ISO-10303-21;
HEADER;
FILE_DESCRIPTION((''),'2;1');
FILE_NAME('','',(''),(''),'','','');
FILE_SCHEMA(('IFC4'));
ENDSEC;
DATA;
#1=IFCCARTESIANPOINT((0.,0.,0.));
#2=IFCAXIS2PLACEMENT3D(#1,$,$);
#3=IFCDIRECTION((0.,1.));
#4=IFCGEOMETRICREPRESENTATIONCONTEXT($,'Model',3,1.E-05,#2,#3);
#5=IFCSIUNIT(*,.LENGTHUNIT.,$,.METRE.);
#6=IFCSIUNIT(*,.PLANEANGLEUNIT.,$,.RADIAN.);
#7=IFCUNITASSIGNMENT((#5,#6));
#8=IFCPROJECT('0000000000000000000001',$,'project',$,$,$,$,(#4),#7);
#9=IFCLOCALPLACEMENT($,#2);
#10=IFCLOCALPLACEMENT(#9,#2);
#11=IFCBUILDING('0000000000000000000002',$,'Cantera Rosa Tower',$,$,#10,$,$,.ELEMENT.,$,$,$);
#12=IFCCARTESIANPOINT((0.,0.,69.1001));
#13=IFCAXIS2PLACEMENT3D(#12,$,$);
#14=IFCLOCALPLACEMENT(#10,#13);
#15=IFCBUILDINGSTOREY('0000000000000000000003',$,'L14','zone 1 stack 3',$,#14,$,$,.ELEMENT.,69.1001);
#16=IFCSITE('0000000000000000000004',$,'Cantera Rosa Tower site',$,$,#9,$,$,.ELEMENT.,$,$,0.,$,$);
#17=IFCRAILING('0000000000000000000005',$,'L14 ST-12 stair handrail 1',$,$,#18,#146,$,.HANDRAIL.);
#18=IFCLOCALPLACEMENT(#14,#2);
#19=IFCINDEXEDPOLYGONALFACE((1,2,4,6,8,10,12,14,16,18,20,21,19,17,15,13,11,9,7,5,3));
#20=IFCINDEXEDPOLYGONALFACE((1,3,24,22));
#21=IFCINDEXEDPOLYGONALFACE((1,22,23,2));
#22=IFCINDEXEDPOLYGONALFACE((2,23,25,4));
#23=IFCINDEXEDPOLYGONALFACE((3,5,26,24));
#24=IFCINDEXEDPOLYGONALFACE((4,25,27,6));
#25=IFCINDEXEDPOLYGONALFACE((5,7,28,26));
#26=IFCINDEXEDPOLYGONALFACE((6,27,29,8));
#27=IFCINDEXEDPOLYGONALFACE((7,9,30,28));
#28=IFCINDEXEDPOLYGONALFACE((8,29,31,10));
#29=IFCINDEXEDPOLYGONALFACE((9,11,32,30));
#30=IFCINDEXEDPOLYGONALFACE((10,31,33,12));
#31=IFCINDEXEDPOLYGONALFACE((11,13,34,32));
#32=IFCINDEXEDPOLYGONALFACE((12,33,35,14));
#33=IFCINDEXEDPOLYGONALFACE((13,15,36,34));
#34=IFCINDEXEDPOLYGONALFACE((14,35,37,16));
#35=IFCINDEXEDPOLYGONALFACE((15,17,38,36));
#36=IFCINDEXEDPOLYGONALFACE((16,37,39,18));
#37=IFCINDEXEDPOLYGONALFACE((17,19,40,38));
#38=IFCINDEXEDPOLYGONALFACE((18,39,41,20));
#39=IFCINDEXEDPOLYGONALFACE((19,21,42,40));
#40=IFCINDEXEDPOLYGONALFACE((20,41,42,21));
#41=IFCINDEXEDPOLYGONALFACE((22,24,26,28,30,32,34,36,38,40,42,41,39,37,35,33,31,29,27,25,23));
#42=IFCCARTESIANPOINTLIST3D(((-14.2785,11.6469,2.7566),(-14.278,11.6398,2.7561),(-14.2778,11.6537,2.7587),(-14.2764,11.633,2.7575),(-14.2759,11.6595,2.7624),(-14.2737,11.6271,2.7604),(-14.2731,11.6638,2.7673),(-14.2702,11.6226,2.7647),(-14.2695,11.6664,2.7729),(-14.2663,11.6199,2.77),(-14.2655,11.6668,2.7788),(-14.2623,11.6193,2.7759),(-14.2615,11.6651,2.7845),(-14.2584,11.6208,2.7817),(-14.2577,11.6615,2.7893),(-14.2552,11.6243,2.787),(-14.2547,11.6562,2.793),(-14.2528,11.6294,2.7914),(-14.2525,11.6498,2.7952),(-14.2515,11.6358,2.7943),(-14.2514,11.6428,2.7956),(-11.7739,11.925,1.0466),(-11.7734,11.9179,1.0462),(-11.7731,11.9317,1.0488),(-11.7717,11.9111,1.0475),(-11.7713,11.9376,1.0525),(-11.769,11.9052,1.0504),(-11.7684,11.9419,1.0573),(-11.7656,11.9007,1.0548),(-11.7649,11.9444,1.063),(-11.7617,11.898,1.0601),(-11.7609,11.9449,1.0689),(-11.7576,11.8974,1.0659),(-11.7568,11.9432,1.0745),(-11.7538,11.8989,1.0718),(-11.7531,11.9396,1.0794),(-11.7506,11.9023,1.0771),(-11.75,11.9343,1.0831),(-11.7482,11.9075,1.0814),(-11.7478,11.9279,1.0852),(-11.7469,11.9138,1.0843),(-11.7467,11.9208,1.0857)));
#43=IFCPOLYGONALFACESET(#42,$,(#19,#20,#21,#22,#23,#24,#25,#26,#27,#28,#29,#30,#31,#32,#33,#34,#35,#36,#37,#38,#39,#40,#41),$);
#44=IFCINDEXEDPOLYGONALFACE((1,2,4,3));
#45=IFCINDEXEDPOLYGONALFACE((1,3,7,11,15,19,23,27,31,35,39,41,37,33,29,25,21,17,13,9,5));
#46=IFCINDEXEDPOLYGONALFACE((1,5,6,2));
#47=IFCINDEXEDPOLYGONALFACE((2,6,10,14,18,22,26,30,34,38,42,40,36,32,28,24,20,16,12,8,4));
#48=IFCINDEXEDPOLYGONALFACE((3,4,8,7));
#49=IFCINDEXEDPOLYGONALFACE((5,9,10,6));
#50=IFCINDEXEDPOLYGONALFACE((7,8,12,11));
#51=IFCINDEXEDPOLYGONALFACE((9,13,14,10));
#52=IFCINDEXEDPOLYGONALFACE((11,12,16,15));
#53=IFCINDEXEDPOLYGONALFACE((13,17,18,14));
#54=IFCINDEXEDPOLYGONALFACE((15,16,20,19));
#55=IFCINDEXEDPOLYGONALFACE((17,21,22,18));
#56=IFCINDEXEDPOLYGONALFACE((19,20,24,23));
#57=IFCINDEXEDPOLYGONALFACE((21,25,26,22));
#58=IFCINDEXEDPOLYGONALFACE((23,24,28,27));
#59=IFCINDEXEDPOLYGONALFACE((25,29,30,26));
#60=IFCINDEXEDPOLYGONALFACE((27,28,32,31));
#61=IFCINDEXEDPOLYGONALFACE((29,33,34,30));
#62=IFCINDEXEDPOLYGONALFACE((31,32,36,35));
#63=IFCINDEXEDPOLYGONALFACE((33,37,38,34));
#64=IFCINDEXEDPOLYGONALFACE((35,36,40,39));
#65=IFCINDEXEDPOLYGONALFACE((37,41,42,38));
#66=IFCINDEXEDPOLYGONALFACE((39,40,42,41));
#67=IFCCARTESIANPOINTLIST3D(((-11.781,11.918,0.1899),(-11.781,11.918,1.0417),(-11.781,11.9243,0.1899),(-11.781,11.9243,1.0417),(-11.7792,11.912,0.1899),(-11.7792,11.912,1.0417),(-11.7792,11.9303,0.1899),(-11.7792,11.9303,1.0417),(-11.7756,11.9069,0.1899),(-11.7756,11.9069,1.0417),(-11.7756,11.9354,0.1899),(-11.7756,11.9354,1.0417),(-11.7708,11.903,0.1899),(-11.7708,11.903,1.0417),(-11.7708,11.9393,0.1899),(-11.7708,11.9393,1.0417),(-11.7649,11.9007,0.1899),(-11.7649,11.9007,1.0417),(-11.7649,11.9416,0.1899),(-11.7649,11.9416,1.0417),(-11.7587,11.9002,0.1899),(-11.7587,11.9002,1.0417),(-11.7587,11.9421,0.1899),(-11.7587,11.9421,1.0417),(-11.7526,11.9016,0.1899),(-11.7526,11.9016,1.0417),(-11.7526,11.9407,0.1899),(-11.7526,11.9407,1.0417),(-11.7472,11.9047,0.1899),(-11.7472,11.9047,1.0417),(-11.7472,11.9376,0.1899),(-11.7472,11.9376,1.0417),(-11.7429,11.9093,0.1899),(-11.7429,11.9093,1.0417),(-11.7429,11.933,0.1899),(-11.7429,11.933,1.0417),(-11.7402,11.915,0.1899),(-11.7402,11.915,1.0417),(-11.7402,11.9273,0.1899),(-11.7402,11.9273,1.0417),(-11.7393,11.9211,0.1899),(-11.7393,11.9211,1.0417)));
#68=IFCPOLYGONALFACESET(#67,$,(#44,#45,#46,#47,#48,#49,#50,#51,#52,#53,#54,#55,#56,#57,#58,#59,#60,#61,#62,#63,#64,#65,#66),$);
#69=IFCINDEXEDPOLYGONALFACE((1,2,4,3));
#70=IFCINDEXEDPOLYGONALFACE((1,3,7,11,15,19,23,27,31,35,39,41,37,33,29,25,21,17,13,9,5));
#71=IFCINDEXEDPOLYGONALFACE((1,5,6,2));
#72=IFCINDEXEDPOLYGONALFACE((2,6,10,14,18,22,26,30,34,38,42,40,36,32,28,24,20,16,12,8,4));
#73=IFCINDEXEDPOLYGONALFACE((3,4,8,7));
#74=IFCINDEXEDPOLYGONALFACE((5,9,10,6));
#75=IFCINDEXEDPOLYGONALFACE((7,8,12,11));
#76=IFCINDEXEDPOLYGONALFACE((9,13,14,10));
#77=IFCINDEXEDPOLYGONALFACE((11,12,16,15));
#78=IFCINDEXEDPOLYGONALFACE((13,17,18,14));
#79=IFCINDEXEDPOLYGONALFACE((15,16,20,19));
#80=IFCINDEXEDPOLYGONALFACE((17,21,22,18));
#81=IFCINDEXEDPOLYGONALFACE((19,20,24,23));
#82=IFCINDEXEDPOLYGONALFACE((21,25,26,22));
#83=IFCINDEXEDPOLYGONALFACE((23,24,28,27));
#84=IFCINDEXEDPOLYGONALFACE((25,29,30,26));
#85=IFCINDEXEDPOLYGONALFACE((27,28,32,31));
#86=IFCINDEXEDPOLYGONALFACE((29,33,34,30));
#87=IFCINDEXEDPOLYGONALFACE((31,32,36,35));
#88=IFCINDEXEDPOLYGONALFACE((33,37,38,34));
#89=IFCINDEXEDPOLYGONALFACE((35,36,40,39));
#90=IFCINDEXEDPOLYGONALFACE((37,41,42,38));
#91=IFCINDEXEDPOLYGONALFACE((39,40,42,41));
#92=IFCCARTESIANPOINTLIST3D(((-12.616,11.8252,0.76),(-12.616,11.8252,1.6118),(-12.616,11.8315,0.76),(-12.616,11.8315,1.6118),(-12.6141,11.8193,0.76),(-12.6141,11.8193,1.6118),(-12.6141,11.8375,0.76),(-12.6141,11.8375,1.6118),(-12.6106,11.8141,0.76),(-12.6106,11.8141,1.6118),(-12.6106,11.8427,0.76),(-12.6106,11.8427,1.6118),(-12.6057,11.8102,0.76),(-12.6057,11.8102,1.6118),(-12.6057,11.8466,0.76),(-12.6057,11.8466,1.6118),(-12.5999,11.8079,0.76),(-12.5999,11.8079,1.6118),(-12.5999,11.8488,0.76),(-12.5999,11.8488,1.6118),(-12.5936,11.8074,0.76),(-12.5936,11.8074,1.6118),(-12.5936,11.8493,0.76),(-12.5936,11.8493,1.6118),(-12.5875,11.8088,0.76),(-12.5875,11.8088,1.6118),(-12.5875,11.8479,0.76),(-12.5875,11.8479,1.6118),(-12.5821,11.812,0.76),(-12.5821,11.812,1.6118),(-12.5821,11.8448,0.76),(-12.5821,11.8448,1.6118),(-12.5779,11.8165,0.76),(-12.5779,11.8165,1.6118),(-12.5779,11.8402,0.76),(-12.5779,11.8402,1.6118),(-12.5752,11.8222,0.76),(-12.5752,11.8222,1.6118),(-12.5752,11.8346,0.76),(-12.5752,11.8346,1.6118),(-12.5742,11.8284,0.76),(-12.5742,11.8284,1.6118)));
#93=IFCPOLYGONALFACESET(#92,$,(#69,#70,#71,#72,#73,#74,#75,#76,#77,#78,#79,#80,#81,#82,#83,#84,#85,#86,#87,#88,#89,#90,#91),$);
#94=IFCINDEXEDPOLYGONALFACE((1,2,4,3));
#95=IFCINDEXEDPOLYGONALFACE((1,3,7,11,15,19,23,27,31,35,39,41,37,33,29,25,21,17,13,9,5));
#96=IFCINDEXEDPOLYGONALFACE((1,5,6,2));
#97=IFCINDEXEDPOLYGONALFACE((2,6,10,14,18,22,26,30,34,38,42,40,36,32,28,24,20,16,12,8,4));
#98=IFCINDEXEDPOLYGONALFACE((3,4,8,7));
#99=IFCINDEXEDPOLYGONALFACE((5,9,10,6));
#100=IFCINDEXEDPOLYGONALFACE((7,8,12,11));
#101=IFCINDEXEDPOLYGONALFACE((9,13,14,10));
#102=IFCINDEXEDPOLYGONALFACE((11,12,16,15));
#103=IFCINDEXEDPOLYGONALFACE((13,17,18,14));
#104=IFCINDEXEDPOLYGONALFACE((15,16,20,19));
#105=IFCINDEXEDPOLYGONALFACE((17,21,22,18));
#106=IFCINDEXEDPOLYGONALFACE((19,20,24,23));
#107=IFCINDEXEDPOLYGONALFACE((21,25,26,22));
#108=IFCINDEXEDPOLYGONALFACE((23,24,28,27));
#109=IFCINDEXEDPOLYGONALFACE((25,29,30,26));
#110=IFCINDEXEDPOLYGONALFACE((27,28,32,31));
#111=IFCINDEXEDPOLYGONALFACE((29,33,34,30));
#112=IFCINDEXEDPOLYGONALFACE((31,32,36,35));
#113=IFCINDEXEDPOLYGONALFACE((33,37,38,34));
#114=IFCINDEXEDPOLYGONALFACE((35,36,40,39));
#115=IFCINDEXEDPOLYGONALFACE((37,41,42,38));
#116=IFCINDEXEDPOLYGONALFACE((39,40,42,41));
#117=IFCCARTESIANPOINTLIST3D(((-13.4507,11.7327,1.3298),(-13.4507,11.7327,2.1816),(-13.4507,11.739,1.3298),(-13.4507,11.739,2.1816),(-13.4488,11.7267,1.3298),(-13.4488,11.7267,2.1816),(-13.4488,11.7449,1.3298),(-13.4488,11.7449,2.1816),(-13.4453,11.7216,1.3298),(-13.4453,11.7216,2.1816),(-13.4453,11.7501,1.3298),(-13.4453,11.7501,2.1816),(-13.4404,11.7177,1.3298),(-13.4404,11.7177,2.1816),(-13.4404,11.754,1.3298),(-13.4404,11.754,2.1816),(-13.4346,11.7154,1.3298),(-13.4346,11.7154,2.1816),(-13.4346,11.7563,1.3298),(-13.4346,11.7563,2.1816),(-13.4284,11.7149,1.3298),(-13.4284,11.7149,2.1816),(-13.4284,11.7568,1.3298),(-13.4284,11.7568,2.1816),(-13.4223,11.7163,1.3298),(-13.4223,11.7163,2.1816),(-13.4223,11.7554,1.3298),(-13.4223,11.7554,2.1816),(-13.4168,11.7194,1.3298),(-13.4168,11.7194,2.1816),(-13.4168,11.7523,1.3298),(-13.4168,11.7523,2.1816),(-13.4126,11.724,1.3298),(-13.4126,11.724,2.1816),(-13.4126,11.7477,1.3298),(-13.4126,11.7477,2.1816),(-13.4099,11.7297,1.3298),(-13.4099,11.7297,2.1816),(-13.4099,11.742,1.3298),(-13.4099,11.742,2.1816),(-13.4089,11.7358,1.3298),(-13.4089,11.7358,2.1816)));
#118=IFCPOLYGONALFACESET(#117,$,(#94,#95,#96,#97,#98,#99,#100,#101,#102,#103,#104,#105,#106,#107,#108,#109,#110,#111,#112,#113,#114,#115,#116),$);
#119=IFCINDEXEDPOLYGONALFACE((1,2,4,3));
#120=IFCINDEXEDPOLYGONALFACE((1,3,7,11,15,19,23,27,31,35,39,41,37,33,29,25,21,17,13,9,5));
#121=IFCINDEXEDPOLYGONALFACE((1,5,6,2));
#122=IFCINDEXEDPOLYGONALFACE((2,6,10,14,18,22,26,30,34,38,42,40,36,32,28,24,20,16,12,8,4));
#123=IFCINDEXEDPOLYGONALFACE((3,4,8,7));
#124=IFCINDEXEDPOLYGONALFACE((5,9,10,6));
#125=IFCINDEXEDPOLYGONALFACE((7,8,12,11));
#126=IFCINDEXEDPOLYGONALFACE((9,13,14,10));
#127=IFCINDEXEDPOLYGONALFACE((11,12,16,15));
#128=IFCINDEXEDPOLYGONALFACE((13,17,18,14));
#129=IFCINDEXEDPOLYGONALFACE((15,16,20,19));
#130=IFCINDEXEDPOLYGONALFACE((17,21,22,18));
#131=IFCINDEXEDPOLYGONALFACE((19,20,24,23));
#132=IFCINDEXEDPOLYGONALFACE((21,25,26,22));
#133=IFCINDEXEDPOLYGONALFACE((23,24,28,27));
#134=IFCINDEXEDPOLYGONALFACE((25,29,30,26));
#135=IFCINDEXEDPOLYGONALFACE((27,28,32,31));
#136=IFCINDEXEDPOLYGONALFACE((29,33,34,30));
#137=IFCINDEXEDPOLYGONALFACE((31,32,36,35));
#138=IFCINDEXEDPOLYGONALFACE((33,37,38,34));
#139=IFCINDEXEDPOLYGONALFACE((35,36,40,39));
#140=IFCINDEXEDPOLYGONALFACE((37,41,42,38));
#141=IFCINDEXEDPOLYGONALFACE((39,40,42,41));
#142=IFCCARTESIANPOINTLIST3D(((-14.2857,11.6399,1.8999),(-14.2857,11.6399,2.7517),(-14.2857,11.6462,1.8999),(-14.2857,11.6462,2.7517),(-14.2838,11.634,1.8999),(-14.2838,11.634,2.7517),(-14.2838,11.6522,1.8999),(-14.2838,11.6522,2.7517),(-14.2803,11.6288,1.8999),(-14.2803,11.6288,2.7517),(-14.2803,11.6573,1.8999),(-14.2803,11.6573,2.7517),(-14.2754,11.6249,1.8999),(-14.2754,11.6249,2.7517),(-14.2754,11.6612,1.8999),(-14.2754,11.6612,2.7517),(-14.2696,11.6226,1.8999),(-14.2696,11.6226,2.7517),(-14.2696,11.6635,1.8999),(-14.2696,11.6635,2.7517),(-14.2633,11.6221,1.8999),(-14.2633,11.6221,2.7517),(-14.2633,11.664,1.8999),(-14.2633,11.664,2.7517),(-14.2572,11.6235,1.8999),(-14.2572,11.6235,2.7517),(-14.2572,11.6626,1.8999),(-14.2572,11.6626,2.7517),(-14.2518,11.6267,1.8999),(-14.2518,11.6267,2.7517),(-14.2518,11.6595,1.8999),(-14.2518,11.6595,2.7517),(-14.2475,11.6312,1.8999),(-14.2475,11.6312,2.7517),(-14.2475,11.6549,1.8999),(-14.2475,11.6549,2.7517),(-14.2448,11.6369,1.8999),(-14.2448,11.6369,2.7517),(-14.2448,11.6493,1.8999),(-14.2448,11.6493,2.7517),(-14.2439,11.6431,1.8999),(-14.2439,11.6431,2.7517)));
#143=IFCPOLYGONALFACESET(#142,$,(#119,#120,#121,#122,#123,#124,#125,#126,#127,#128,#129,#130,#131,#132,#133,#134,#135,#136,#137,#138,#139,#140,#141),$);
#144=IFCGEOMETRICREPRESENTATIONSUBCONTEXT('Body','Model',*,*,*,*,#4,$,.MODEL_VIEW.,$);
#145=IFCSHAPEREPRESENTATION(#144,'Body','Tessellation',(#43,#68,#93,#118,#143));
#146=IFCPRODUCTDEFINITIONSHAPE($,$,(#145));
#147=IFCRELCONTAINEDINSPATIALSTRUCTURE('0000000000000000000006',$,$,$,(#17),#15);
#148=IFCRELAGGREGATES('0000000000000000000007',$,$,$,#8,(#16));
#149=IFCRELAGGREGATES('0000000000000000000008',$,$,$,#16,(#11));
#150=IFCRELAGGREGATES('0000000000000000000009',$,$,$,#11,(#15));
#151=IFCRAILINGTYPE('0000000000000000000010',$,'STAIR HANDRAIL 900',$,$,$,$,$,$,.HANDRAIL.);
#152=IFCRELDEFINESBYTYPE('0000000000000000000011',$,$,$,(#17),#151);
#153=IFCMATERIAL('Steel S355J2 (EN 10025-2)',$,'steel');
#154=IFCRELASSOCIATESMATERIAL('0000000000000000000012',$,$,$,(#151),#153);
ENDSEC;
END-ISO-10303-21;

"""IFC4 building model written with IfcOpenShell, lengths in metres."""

from ifc_helpers import new_model, si_unit, direction, frame, origin, origin_2d, place, context, subcontext, project, spatial, circle, extrude, material, type_object, element, save


model = new_model("IFC4")

# Units and contexts
model_context = context("Model", 3, precision=1e-05, world=origin(), true_north=direction((0.0, 1.0)))
body_context = subcontext(model_context, "Body", "Model", "MODEL_VIEW")
ifc_project = project(units=[si_unit("LENGTHUNIT", "METRE"), si_unit("PLANEANGLEUNIT", "RADIAN")], contexts=[model_context])

# Site, building, storey
site_placement = place(None, origin())
site = spatial("IfcSite", under=ifc_project, at=site_placement, Name="Cantera Rosa Tower site", CompositionType="ELEMENT", RefElevation=0.0)
building_placement = place(site_placement, origin())
building = spatial("IfcBuilding", under=site, at=building_placement, Name="Cantera Rosa Tower", CompositionType="ELEMENT")
storey_placement = place(building_placement, frame((0.0, 0.0, 69.1001)))
storey = spatial("IfcBuildingStorey", under=building, at=storey_placement, Name="L14", Description="zone 1 stack 3", CompositionType="ELEMENT", Elevation=69.1001)

# Railing
ifc_material_1 = material(Name="Steel S355J2 (EN 10025-2)", Category="steel")
railing_type_1 = type_object("IfcRailingType", Name="STAIR HANDRAIL 900", PredefinedType="HANDRAIL", material=ifc_material_1)
railing_1_placement = place(storey_placement, frame((-11.7603, 11.9211, 0.1899)))
element("IfcRailing", 1, at=railing_1_placement, inside=storey, type_object=railing_type_1, Name="L14 ST-12 stair handrail 1", PredefinedType="HANDRAIL", context=body_context, shape_type="SweptSolid", body=[
    extrude(circle(Radius=0.0239, at=origin_2d()), frame((0.0, 0.0, 0.876), z_axis=(-0.822431, -0.09131, 0.561488), x_axis=(0.110346, -0.993893, 0.0)), (0.0, 0.0, 1.0), 3.0454),
    extrude(circle(Radius=0.021, at=origin_2d()), origin(), (0.0, 0.0, 1.0), 0.8518),
    extrude(circle(Radius=0.021, at=origin_2d()), frame((-0.835, -0.0928, 0.5701)), (0.0, 0.0, 1.0), 0.8518),
    extrude(circle(Radius=0.021, at=origin_2d()), frame((-1.6697, -0.1853, 1.1399)), (0.0, 0.0, 1.0), 0.8518),
    extrude(circle(Radius=0.021, at=origin_2d()), frame((-2.5046, -0.2781, 1.71)), (0.0, 0.0, 1.0), 0.8518),
])

save(model, "model.ifc")
